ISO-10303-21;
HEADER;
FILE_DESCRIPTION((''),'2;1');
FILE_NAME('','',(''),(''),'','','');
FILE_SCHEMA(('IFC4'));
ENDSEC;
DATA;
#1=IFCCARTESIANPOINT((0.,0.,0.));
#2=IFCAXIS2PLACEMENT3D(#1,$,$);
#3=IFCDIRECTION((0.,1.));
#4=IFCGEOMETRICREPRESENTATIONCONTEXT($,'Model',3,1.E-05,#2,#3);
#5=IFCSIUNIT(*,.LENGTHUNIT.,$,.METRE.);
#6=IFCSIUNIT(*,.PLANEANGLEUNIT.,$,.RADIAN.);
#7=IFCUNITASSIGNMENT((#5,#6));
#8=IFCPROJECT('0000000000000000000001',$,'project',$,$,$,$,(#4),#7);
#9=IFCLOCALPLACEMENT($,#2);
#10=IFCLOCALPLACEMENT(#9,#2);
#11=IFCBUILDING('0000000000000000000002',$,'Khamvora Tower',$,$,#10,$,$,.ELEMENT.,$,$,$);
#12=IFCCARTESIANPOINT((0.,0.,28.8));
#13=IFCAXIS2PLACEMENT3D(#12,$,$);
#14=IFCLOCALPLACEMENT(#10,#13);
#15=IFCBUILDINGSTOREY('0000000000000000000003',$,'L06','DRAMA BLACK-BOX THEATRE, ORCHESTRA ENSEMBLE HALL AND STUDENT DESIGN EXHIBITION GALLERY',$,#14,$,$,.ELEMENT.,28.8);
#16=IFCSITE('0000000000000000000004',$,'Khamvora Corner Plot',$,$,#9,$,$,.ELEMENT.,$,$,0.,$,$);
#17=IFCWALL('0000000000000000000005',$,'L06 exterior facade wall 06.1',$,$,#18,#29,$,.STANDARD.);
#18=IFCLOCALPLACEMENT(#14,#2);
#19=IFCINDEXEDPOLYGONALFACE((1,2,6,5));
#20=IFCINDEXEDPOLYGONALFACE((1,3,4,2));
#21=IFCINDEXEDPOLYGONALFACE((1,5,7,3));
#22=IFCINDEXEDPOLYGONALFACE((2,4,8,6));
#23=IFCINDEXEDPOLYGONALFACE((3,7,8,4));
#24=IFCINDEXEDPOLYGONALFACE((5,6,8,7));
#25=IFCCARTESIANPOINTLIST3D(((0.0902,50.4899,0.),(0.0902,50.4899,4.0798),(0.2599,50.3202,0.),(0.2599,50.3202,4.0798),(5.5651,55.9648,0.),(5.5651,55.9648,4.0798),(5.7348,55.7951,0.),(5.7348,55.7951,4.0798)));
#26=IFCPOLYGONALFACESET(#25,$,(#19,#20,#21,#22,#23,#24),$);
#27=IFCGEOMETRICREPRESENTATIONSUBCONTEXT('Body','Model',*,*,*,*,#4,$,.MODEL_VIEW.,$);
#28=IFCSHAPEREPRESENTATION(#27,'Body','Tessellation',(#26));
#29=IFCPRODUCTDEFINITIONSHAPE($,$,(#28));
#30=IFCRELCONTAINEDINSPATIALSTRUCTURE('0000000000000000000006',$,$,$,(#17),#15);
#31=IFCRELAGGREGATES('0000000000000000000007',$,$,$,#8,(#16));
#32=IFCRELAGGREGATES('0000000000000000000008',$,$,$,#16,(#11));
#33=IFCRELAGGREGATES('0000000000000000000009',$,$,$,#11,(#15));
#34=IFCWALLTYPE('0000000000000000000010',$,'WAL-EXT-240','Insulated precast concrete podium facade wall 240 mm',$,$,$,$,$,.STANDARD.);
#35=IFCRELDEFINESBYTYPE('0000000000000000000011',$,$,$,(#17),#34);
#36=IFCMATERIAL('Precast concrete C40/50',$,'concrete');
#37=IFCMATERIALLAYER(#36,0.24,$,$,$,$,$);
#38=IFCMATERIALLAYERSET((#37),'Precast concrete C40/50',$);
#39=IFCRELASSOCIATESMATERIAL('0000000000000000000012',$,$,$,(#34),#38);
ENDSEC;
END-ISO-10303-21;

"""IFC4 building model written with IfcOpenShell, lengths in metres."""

from ifc_helpers import new_model, si_unit, direction, frame, frame_2d, origin, place, context, subcontext, project, spatial, rectangle, extrude, material, layer, layer_set, type_object, element, save


model = new_model("IFC4")

# Units and contexts
model_context = context("Model", 3, precision=1e-05, world=origin(), true_north=direction((0.0, 1.0)))
body_context = subcontext(model_context, "Body", "Model", "MODEL_VIEW")
ifc_project = project(units=[si_unit("LENGTHUNIT", "METRE"), si_unit("PLANEANGLEUNIT", "RADIAN")], contexts=[model_context])

# Site, building, storey
site_placement = place(None, origin())
site = spatial("IfcSite", under=ifc_project, at=site_placement, Name="Khamvora Corner Plot", CompositionType="ELEMENT", RefElevation=0.0)
building_placement = place(site_placement, origin())
building = spatial("IfcBuilding", under=site, at=building_placement, Name="Khamvora Tower", CompositionType="ELEMENT")
storey_placement = place(building_placement, frame((0.0, 0.0, 28.8)))
storey = spatial("IfcBuildingStorey", under=building, at=storey_placement, Name="L06", Description="DRAMA BLACK-BOX THEATRE, ORCHESTRA ENSEMBLE HALL AND STUDENT DESIGN EXHIBITION GALLERY", CompositionType="ELEMENT", Elevation=28.8)

# Wall
ifc_material_1 = material(Name="Precast concrete C40/50", Category="concrete")
ifc_layer_1 = layer(ifc_material_1, 0.24)
ifc_layer_set_1 = layer_set([ifc_layer_1], Name="Precast concrete C40/50")
wall_type = type_object("IfcWallType", Name="WAL-EXT-240", Description="Insulated precast concrete podium facade wall 240 mm", PredefinedType="STANDARD", material=ifc_layer_set_1)
wall_placement = place(storey_placement, frame((0.175, 50.405, 0.0), z_axis=(0.0, 0.0, 1.0), x_axis=(0.707107, 0.707107, 0.0)))
element("IfcWall", 1, at=wall_placement, inside=storey, type_object=wall_type, Name="L06 exterior facade wall 06.1", PredefinedType="STANDARD", context=body_context, shape_type="SweptSolid", body=[
    extrude(rectangle(XDim=7.7427, YDim=0.24, at=frame_2d((3.8713, 0.0))), origin(), (0.0, 0.0, 1.0), 4.0798),
])

save(model, "model.ifc")
